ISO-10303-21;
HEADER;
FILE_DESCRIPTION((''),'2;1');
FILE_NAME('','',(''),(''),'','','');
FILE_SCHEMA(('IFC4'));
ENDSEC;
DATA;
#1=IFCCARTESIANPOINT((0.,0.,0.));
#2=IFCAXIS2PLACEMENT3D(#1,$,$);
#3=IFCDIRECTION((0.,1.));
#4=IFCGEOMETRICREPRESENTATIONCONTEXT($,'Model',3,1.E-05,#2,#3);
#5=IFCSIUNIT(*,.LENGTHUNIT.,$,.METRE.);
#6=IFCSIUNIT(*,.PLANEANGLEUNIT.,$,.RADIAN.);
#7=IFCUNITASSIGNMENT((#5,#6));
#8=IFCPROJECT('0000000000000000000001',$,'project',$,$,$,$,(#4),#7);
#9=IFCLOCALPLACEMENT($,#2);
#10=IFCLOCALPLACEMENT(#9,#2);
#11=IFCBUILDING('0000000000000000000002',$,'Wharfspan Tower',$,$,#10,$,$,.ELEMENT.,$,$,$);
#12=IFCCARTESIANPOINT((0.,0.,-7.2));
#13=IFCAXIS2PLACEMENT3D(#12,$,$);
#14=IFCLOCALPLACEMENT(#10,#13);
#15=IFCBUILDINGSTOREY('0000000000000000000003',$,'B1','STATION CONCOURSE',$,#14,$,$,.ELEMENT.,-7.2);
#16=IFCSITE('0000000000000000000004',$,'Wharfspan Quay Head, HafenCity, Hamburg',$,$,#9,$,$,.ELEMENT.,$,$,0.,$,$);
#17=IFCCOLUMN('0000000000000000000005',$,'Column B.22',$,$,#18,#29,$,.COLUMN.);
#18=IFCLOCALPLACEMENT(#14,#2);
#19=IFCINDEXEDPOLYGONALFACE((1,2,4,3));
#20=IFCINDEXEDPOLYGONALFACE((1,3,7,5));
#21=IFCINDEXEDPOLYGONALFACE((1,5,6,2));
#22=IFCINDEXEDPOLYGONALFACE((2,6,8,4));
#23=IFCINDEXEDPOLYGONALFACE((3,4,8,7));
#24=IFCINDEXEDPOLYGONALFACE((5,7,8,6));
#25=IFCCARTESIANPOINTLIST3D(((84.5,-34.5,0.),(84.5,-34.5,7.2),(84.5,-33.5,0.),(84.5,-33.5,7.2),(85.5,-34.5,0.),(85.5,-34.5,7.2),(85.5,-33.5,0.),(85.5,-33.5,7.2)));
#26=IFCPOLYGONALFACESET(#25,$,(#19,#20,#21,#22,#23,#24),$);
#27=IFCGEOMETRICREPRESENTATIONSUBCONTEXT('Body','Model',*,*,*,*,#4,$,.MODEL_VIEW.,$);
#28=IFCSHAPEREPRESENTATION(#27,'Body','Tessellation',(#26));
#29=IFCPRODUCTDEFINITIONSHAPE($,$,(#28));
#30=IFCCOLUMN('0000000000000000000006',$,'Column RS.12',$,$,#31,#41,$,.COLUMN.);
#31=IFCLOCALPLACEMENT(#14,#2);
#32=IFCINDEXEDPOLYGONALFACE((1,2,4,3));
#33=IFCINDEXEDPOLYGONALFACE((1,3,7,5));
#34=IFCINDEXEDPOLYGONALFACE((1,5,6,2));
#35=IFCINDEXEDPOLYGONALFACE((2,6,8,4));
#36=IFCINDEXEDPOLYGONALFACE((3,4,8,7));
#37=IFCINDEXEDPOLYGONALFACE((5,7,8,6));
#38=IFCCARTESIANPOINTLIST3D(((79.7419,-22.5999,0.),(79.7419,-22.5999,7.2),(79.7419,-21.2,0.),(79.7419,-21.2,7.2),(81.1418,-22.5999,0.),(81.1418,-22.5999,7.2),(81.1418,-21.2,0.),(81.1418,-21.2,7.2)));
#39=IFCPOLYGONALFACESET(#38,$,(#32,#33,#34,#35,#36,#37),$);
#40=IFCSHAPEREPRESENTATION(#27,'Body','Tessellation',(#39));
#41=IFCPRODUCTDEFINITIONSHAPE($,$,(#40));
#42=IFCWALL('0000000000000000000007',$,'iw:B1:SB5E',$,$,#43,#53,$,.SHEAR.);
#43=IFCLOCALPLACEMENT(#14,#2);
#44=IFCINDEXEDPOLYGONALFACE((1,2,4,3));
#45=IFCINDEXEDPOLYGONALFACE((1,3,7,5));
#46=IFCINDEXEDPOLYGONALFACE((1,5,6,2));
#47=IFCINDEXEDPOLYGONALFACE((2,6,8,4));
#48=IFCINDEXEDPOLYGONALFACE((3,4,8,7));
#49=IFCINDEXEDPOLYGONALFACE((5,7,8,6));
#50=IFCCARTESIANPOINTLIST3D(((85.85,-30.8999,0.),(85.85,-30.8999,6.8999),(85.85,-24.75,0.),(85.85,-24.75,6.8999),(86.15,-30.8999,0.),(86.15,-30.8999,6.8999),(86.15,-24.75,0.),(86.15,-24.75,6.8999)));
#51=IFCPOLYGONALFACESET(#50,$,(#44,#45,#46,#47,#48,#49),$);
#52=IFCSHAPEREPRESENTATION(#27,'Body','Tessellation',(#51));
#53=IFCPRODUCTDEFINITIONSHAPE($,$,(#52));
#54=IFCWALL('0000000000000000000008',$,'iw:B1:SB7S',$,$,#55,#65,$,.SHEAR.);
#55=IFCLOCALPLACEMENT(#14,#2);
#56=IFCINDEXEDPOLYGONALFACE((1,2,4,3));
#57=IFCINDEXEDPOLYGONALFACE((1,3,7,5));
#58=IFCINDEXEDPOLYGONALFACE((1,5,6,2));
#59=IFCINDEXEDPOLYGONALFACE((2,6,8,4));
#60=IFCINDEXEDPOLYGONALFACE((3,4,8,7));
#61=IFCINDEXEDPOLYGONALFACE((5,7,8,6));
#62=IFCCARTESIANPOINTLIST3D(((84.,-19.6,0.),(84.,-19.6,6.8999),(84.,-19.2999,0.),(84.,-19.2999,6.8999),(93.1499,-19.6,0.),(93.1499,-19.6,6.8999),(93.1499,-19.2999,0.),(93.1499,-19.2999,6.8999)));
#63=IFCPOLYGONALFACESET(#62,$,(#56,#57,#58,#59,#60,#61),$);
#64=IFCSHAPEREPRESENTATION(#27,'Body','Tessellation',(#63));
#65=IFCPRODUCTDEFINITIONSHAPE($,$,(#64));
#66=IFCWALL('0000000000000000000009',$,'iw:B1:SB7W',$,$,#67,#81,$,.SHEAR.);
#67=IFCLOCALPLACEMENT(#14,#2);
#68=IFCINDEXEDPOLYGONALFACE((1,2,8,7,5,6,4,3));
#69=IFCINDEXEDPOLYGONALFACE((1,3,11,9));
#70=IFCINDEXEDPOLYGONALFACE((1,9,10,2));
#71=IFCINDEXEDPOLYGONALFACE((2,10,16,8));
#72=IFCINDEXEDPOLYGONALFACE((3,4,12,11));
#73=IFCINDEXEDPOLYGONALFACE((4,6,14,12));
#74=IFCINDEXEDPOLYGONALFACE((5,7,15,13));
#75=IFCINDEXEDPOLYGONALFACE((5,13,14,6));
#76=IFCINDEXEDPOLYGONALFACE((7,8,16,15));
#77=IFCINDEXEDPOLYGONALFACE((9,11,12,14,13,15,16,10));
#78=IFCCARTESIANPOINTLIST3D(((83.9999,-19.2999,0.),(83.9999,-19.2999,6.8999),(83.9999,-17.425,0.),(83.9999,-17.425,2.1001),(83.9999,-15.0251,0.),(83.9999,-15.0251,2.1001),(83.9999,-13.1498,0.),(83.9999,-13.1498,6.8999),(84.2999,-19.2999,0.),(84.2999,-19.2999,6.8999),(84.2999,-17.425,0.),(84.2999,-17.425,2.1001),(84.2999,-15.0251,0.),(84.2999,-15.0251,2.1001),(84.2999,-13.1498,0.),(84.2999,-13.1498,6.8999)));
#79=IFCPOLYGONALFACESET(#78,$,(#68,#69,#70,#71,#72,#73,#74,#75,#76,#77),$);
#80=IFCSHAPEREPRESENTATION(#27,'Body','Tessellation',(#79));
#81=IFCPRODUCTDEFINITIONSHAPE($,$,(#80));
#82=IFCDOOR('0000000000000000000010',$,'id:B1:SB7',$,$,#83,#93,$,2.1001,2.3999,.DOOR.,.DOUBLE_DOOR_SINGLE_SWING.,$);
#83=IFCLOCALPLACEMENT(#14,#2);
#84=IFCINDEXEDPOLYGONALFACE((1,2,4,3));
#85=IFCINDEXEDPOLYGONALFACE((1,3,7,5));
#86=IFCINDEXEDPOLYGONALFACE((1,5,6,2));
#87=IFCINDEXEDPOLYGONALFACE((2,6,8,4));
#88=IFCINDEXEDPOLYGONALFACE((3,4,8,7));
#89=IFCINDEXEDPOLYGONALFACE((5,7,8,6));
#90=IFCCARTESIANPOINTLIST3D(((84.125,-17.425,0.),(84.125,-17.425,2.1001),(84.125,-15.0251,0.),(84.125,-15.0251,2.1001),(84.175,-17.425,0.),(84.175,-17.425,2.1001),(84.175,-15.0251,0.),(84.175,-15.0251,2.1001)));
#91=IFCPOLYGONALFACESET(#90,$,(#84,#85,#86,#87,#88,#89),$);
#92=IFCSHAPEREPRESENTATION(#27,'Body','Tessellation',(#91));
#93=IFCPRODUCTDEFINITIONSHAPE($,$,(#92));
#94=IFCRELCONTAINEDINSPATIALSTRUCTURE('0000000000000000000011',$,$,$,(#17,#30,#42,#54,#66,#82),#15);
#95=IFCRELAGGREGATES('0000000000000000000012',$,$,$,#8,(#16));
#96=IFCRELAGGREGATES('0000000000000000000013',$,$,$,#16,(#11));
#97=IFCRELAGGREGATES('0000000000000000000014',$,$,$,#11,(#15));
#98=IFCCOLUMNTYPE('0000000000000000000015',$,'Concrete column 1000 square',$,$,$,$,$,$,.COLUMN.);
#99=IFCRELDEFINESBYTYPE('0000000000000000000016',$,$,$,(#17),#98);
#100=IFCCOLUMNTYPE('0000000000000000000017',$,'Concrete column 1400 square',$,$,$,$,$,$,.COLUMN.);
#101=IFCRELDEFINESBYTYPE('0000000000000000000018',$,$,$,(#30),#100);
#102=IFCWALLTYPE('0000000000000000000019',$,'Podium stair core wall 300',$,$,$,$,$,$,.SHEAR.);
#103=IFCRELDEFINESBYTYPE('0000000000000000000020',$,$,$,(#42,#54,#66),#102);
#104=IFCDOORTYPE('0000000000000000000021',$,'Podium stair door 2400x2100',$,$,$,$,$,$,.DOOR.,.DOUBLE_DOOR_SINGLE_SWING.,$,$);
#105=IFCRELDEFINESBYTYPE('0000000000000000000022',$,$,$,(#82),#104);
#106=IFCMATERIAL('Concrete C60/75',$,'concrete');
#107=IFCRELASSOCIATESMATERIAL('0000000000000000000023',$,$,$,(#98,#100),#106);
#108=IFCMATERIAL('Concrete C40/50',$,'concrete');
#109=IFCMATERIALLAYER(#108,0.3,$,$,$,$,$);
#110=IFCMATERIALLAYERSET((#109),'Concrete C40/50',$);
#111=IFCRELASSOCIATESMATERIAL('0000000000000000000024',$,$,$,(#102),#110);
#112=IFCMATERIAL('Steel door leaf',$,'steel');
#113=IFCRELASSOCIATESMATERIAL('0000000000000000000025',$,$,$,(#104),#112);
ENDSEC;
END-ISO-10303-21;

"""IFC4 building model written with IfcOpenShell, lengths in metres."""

from ifc_helpers import new_model, si_unit, direction, frame, frame_2d, origin, origin_2d, place, context, subcontext, project, spatial, rectangle, extrude, material, layer, layer_set, material_profile, profile_set, type_object, element, fill, save


model = new_model("IFC4")

# Units and contexts
model_context = context("Model", 3, precision=1e-05, world=origin(), true_north=direction((0.0, 1.0)))
body_context = subcontext(model_context, "Body", "Model", "MODEL_VIEW")
ifc_project = project(units=[si_unit("LENGTHUNIT", "METRE"), si_unit("PLANEANGLEUNIT", "RADIAN")], contexts=[model_context])

# Site, building, storey
site_placement = place(None, origin())
site = spatial("IfcSite", under=ifc_project, at=site_placement, Name="Wharfspan Quay Head, HafenCity, Hamburg", CompositionType="ELEMENT", RefElevation=0.0)
building_placement = place(site_placement, origin())
building = spatial("IfcBuilding", under=site, at=building_placement, Name="Wharfspan Tower", CompositionType="ELEMENT")
storey_placement = place(building_placement, frame((0.0, 0.0, -7.2)))
storey = spatial("IfcBuildingStorey", under=building, at=storey_placement, Name="B1", Description="STATION CONCOURSE", CompositionType="ELEMENT", Elevation=-7.2)

# Columns
ifc_material_1 = material(Name="Concrete C60/75", Category="concrete")
ifc_material_profile_1 = material_profile(ifc_material_1, rectangle(XDim=1.0, YDim=1.0, at=origin_2d()))
ifc_profile_set_1 = profile_set([ifc_material_profile_1], Name="Concrete C60/75")
column_type_1 = type_object("IfcColumnType", Name="Concrete column 1000 square", PredefinedType="COLUMN", material=ifc_profile_set_1)
column_1_placement = place(storey_placement, frame((85.0, -34.0, 0.0), z_axis=(0.0, 0.0, 1.0), x_axis=(1.0, 0.0, 0.0)))
element("IfcColumn", 1, at=column_1_placement, inside=storey, type_object=column_type_1, Name="Column B.22", PredefinedType="COLUMN", context=body_context, shape_type="SweptSolid", body=[
    extrude(rectangle(XDim=1.0, YDim=1.0, at=origin_2d()), origin(), (0.0, 0.0, 1.0), 7.2),
])
ifc_material_profile_2 = material_profile(ifc_material_1, rectangle(XDim=1.3999, YDim=1.3999, at=origin_2d()))
ifc_profile_set_2 = profile_set([ifc_material_profile_2], Name="Concrete C60/75")
column_type_2 = type_object("IfcColumnType", Name="Concrete column 1400 square", PredefinedType="COLUMN", material=ifc_profile_set_2)
column_2_placement = place(storey_placement, frame((80.4419, -21.8999, 0.0), z_axis=(0.0, 0.0, 1.0), x_axis=(1.0, 0.0, 0.0)))
element("IfcColumn", 2, at=column_2_placement, inside=storey, type_object=column_type_2, Name="Column RS.12", PredefinedType="COLUMN", context=body_context, shape_type="SweptSolid", body=[
    extrude(rectangle(XDim=1.3999, YDim=1.3999, at=origin_2d()), origin(), (0.0, 0.0, 1.0), 7.2),
])

# Walls
ifc_material_2 = material(Name="Concrete C40/50", Category="concrete")
ifc_layer = layer(ifc_material_2, 0.3)
ifc_layer_set = layer_set([ifc_layer], Name="Concrete C40/50")
wall_type = type_object("IfcWallType", Name="Podium stair core wall 300", PredefinedType="SHEAR", material=ifc_layer_set)
wall_1_placement = place(storey_placement, frame((86.0, -30.8999, 0.0), z_axis=(0.0, 0.0, 1.0), x_axis=(0.0, 1.0, 0.0)))
element("IfcWall", 3, at=wall_1_placement, inside=storey, type_object=wall_type, Name="iw:B1:SB5E", PredefinedType="SHEAR", context=body_context, shape_type="SweptSolid", body=[
    extrude(rectangle(XDim=6.1499, YDim=0.3, at=frame_2d((3.075, 0.0))), origin(), (0.0, 0.0, 1.0), 6.8999),
])
wall_2_placement = place(storey_placement, frame((84.0, -19.45, 0.0), z_axis=(0.0, 0.0, 1.0), x_axis=(1.0, 0.0, 0.0)))
element("IfcWall", 4, at=wall_2_placement, inside=storey, type_object=wall_type, Name="iw:B1:SB7S", PredefinedType="SHEAR", context=body_context, shape_type="SweptSolid", body=[
    extrude(rectangle(XDim=9.1499, YDim=0.3, at=frame_2d((4.575, 0.0))), origin(), (0.0, 0.0, 1.0), 6.8999),
])

# Wall, opening, door
wall_3_placement = place(storey_placement, frame((84.1499, -19.3, 0.0), z_axis=(0.0, 0.0, 1.0), x_axis=(0.0, 1.0, 0.0)))
wall_3 = element("IfcWall", 5, at=wall_3_placement, inside=storey, type_object=wall_type, Name="iw:B1:SB7W", PredefinedType="SHEAR", context=body_context, shape_type="SweptSolid", body=[
    extrude(rectangle(XDim=6.1501, YDim=0.3, at=frame_2d((3.0752, 0.0))), origin(), (0.0, 0.0, 1.0), 6.8999),
])
opening_placement = place(wall_3_placement, frame((1.875, 0.0, 0.0)))
opening = element("IfcOpeningElement", 6, at=opening_placement, cuts=wall_3, PredefinedType="OPENING", context=body_context, shape_type="SweptSolid", body=[
    extrude(rectangle(XDim=2.3999, YDim=2.1001, at=frame_2d((1.2, 1.05))), frame((0.0, 0.1599, 0.0), z_axis=(0.0, -1.0, 0.0), x_axis=(1.0, 0.0, 0.0)), (0.0, 0.0, 1.0), 0.3201),
])
ifc_material_3 = material(Name="Steel door leaf", Category="steel")
door_type = type_object("IfcDoorType", Name="Podium stair door 2400x2100", OperationType="DOUBLE_DOOR_SINGLE_SWING", PredefinedType="DOOR", material=ifc_material_3)
door_placement = place(opening_placement, origin())
door = element("IfcDoor", 7, at=door_placement, inside=storey, type_object=door_type, Name="id:B1:SB7", OperationType="DOUBLE_DOOR_SINGLE_SWING", OverallHeight=2.1001, OverallWidth=2.3999, PredefinedType="DOOR", context=body_context, shape_type="SweptSolid", body=[
    extrude(rectangle(XDim=2.3999, YDim=2.1001, at=frame_2d((1.2, 1.05))), frame((0.0, 0.0249, 0.0), z_axis=(0.0, -1.0, 0.0), x_axis=(1.0, 0.0, 0.0)), (0.0, 0.0, 1.0), 0.05),
])
fill(opening, door)

save(model, "model.ifc")
